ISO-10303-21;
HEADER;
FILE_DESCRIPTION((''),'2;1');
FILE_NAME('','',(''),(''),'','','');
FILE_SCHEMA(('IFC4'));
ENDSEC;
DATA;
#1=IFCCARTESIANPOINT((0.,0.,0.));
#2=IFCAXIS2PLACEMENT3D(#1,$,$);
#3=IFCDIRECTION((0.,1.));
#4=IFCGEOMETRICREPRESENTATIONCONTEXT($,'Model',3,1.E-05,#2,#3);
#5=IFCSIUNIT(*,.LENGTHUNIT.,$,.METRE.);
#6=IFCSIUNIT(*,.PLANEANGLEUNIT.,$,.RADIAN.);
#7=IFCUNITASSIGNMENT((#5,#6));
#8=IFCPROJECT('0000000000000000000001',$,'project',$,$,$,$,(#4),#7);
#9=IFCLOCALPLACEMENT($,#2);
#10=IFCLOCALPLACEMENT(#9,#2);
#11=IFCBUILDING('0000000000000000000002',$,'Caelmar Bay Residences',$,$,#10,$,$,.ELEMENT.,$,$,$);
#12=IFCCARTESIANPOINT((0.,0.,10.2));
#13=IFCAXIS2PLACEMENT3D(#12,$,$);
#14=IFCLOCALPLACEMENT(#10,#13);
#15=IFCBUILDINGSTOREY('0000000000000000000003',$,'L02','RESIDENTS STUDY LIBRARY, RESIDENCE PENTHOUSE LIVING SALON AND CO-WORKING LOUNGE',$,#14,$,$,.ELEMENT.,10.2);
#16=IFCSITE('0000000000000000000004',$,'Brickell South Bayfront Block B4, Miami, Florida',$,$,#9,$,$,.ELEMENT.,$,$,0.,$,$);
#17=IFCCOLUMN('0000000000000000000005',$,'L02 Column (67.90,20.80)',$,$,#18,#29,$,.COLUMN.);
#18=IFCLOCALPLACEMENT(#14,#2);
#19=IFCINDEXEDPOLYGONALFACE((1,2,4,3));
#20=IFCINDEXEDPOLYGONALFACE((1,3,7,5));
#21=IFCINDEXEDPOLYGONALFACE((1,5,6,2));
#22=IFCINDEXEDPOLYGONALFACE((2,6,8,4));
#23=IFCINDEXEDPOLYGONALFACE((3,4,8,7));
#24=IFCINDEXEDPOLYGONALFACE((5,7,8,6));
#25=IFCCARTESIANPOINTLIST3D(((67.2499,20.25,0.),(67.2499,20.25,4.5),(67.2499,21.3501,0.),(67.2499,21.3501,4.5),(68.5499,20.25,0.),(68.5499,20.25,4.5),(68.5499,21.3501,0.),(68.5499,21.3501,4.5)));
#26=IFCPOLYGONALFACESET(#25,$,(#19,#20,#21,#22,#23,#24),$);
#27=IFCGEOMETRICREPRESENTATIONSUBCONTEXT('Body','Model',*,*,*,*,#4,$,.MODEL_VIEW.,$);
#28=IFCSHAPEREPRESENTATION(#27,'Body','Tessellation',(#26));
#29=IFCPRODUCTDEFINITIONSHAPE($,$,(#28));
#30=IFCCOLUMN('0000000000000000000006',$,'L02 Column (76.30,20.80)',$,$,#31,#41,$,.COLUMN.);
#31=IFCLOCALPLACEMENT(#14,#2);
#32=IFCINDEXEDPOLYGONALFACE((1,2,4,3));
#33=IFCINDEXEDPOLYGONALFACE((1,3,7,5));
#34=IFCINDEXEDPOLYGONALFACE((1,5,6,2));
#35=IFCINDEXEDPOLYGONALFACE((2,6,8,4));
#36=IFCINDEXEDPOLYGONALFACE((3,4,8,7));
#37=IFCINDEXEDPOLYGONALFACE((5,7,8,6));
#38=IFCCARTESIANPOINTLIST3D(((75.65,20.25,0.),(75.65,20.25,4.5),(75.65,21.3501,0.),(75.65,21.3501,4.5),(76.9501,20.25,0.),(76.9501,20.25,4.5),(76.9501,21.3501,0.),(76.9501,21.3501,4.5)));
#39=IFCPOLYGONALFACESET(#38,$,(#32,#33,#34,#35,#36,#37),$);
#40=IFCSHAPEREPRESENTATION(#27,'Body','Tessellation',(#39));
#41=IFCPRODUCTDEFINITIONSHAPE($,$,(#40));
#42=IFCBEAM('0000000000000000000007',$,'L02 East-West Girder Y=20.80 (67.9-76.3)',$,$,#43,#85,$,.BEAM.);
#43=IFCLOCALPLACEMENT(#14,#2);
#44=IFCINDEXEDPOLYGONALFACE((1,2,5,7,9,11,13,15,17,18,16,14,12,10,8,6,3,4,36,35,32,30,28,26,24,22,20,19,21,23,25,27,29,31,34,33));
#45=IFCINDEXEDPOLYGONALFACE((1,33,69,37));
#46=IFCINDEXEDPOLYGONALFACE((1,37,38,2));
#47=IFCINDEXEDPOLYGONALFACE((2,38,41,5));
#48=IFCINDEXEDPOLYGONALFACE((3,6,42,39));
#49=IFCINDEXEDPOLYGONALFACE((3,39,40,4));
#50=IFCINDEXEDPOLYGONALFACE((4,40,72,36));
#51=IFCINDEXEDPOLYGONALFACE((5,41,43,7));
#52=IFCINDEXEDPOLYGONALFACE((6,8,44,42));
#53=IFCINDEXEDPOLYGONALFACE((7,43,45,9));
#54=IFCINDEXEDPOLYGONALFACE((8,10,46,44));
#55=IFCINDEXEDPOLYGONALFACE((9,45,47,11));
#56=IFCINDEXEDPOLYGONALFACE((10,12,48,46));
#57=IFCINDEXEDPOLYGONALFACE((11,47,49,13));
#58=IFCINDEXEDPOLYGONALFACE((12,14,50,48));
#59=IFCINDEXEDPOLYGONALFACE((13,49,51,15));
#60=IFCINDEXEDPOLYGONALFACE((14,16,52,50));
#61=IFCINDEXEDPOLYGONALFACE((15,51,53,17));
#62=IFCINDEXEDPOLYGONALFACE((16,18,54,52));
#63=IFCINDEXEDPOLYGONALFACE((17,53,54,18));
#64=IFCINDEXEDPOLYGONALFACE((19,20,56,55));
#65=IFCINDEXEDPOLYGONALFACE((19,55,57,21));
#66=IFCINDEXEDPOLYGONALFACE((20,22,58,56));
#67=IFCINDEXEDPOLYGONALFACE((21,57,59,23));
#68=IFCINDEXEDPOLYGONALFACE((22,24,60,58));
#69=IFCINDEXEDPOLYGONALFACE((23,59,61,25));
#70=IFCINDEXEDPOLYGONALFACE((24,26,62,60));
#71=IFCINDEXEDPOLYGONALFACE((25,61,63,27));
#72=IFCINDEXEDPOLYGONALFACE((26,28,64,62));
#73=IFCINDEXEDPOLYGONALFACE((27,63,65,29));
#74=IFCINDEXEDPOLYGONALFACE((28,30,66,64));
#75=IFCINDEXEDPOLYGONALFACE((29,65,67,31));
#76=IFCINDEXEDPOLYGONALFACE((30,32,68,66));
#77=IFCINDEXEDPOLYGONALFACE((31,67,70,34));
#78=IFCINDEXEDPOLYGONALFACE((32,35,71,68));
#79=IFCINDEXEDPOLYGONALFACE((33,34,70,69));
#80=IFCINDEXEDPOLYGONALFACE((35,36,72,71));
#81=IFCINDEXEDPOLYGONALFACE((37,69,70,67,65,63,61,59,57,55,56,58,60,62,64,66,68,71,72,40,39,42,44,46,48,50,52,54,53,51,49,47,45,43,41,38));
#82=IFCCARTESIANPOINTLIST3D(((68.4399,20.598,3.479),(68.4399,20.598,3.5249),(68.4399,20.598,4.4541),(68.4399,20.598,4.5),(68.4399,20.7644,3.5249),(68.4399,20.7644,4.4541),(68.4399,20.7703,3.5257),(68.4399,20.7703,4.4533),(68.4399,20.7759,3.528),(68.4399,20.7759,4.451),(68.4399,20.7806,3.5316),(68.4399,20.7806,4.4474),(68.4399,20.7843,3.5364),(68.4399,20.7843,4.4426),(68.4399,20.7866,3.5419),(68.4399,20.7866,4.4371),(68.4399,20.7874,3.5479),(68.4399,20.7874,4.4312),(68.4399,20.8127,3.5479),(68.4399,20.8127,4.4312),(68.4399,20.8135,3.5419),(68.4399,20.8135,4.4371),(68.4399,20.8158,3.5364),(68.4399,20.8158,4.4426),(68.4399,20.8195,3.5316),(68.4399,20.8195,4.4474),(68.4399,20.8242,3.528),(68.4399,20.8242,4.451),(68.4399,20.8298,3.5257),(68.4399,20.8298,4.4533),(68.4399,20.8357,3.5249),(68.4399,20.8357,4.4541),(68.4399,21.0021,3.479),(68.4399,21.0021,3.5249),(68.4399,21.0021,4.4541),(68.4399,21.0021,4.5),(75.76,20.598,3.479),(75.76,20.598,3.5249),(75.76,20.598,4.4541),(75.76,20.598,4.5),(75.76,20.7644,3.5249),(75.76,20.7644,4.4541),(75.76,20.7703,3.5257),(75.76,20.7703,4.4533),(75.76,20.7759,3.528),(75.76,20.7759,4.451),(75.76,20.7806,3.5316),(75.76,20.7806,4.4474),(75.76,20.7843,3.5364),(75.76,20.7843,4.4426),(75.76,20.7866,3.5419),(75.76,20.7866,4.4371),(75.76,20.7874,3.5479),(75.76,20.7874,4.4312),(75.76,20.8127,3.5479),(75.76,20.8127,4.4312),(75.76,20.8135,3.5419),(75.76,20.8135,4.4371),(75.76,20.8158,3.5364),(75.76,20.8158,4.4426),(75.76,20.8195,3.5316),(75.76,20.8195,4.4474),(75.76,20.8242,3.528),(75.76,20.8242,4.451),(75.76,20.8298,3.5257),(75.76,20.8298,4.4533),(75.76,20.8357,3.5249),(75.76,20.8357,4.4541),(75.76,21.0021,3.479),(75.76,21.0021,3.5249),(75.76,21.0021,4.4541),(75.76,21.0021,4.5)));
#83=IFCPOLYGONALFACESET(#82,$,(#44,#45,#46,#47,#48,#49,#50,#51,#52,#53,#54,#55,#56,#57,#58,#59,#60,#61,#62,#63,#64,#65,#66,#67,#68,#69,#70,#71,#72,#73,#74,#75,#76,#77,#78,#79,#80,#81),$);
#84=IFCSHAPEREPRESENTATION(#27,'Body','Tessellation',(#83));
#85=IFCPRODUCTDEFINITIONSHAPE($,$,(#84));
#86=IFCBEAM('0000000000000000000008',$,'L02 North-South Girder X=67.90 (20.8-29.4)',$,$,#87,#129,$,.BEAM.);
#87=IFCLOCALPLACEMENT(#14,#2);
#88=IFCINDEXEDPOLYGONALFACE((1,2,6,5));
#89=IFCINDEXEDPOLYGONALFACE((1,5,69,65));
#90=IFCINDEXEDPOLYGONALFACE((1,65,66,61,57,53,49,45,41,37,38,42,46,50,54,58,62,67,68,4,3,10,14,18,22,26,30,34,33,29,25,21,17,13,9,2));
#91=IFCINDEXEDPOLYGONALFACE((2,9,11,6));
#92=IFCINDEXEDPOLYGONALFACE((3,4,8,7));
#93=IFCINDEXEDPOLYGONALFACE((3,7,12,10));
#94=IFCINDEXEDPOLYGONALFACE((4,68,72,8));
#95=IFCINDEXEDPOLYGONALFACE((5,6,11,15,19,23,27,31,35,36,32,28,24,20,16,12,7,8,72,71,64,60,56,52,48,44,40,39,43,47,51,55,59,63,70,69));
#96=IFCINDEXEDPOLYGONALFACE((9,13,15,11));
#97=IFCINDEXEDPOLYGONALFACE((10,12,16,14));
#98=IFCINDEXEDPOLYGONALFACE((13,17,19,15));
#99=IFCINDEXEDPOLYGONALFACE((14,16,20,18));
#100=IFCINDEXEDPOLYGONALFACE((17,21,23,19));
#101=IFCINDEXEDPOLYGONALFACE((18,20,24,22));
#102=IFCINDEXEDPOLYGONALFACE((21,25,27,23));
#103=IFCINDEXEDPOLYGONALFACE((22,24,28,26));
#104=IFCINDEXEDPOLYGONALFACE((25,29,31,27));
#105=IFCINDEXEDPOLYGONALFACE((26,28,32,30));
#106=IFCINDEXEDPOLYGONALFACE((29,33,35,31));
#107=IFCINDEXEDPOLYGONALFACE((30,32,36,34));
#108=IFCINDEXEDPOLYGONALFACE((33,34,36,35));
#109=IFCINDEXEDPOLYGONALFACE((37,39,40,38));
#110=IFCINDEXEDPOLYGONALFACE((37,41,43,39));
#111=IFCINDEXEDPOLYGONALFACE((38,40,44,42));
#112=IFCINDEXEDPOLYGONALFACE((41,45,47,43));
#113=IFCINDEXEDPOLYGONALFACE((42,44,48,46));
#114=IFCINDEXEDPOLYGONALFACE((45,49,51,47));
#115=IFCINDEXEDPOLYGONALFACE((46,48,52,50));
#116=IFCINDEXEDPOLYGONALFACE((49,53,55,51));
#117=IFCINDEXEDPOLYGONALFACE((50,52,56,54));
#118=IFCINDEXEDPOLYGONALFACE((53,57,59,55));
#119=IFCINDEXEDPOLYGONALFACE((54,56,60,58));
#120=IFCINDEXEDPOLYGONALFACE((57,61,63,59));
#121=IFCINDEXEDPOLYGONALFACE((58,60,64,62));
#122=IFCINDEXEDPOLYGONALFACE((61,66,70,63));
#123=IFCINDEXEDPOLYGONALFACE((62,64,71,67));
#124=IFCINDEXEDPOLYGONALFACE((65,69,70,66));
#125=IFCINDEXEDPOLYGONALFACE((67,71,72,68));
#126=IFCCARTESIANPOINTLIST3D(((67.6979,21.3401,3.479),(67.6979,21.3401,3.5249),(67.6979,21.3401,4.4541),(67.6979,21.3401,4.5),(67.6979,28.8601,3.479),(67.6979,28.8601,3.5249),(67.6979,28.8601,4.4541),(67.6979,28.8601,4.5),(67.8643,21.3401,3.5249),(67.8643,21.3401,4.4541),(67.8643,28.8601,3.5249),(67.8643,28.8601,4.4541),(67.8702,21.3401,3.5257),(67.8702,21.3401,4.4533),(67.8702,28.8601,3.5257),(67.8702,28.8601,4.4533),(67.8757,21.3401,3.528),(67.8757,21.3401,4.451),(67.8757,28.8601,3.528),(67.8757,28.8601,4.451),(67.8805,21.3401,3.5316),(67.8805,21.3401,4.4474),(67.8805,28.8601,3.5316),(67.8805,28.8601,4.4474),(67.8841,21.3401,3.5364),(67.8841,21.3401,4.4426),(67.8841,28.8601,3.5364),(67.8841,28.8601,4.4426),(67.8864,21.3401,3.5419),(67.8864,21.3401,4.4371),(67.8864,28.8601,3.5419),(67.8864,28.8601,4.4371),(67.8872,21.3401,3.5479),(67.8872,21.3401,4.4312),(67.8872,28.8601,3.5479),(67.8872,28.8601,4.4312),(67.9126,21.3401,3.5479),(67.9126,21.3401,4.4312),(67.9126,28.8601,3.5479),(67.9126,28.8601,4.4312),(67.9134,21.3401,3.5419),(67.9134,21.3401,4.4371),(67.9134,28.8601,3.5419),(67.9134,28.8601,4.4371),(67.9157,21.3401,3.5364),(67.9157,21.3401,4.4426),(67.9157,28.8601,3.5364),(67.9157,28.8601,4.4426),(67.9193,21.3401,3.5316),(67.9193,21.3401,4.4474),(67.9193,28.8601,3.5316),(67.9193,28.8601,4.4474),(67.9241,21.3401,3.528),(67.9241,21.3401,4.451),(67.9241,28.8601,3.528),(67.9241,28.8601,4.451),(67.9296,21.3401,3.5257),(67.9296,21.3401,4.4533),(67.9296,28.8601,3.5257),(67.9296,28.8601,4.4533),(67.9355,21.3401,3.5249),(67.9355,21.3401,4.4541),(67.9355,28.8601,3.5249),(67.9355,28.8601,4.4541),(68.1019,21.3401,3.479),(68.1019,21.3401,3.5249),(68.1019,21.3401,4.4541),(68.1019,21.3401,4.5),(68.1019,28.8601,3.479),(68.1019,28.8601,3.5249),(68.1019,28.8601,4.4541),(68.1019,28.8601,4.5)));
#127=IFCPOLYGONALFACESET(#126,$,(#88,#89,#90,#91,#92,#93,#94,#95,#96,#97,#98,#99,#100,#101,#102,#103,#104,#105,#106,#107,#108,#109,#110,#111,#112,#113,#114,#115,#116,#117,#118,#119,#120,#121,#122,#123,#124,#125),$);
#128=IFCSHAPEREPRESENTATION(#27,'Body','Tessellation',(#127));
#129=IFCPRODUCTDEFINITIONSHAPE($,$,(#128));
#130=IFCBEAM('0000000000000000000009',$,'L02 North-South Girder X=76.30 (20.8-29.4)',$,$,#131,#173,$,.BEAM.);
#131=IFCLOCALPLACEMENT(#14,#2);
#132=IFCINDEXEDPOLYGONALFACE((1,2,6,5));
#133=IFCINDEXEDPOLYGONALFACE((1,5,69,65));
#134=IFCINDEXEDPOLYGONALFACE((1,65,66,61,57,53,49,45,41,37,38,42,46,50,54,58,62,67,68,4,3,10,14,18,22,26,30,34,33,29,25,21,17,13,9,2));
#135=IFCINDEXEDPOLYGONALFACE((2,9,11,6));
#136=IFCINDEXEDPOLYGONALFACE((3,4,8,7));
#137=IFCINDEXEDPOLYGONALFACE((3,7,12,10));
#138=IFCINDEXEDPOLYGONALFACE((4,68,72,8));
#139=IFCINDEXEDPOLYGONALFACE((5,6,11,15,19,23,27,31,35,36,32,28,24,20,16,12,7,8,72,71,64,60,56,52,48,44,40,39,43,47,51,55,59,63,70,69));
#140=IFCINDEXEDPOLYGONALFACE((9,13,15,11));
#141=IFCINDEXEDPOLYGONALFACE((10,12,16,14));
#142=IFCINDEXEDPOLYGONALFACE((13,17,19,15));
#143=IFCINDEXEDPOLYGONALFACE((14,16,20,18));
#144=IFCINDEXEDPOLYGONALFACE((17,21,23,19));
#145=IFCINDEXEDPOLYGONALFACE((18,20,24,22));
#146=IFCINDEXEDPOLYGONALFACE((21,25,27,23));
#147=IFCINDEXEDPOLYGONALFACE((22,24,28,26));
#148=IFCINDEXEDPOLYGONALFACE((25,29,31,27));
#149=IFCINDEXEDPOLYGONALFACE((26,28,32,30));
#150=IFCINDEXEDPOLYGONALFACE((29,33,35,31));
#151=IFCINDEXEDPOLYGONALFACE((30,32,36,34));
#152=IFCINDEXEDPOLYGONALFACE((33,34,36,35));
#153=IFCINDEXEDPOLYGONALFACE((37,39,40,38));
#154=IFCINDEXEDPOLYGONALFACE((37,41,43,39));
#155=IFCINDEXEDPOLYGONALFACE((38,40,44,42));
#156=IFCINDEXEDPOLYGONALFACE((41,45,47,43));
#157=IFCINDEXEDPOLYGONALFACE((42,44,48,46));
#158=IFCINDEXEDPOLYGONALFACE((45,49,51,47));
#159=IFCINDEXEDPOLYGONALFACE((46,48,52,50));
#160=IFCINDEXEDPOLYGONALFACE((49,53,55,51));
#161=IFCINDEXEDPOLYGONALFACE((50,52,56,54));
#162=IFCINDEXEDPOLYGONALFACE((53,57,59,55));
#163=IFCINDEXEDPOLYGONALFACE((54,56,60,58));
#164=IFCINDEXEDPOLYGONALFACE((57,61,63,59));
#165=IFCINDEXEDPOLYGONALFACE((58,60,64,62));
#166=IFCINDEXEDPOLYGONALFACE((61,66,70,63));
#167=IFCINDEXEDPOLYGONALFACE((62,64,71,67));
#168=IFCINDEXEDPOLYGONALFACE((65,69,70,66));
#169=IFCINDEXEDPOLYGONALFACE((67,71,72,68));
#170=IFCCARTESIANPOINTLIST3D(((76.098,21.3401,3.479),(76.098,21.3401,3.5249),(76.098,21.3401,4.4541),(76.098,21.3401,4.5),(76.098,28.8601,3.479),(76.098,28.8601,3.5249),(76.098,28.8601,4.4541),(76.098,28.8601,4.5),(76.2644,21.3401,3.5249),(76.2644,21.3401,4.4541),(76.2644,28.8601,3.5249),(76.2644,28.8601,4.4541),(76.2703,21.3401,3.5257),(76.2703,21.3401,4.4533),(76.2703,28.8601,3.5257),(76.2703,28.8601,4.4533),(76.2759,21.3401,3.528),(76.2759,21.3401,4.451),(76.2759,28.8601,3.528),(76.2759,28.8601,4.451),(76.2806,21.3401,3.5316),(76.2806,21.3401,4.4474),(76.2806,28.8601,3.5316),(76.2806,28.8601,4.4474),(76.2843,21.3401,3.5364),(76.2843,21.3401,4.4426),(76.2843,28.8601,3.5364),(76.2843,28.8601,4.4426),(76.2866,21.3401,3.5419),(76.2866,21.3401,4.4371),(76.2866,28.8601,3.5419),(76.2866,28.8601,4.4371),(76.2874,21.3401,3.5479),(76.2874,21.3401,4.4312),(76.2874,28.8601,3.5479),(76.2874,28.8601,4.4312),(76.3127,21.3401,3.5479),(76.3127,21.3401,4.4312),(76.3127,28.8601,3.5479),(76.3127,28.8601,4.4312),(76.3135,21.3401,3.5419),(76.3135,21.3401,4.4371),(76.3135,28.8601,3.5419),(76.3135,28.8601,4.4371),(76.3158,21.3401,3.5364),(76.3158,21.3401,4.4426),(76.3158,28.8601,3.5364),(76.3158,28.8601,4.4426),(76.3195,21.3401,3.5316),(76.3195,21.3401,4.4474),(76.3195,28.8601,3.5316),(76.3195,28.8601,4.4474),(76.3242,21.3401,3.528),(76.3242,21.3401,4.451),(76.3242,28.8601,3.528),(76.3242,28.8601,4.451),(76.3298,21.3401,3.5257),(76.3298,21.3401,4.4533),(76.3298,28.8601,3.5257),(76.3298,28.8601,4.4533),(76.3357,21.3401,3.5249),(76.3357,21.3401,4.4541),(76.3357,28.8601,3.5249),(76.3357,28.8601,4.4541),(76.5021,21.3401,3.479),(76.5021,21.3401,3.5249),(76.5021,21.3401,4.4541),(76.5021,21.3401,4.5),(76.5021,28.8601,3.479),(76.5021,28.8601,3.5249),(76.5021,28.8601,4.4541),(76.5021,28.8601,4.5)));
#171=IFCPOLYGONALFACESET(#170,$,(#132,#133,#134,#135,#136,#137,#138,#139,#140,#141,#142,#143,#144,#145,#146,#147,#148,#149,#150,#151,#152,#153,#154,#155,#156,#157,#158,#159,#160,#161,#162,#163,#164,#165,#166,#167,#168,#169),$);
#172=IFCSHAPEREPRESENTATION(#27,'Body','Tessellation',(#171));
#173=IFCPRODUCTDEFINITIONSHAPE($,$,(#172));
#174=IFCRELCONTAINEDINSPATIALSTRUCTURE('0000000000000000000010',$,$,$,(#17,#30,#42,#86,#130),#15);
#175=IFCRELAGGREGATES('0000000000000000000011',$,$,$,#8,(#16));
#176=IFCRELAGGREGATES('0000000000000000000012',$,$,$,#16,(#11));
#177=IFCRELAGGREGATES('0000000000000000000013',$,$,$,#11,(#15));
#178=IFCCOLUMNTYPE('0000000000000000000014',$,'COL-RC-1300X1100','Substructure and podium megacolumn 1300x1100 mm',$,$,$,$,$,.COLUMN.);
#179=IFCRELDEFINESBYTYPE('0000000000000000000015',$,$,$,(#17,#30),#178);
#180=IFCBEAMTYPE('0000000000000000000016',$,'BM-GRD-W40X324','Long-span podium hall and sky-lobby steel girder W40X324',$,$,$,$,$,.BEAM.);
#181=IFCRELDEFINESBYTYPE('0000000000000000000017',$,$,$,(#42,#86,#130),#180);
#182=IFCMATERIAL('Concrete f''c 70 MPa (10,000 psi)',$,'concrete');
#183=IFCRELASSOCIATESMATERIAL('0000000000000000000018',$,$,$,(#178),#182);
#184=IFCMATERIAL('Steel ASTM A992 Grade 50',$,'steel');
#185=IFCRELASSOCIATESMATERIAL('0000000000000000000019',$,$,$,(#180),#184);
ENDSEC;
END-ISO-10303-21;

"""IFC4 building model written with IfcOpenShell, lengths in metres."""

from ifc_helpers import new_model, si_unit, direction, frame, origin, origin_2d, place, context, subcontext, project, spatial, rectangle, i_section, extrude, material, material_profile, profile_set, type_object, element, save


model = new_model("IFC4")

# Units and contexts
model_context = context("Model", 3, precision=1e-05, world=origin(), true_north=direction((0.0, 1.0)))
body_context = subcontext(model_context, "Body", "Model", "MODEL_VIEW")
ifc_project = project(units=[si_unit("LENGTHUNIT", "METRE"), si_unit("PLANEANGLEUNIT", "RADIAN")], contexts=[model_context])

# Site, building, storey
site_placement = place(None, origin())
site = spatial("IfcSite", under=ifc_project, at=site_placement, Name="Brickell South Bayfront Block B4, Miami, Florida", CompositionType="ELEMENT", RefElevation=0.0)
building_placement = place(site_placement, origin())
building = spatial("IfcBuilding", under=site, at=building_placement, Name="Caelmar Bay Residences", CompositionType="ELEMENT")
storey_placement = place(building_placement, frame((0.0, 0.0, 10.2)))
storey = spatial("IfcBuildingStorey", under=building, at=storey_placement, Name="L02", Description="RESIDENTS STUDY LIBRARY, RESIDENCE PENTHOUSE LIVING SALON AND CO-WORKING LOUNGE", CompositionType="ELEMENT", Elevation=10.2)

# Columns
ifc_material_1 = material(Name="Concrete f'c 70 MPa (10,000 psi)", Category="concrete")
ifc_material_profile_1 = material_profile(ifc_material_1, rectangle(XDim=1.3, YDim=1.1001, at=origin_2d()), Name="RC-COL-1300X1100")
ifc_profile_set_1 = profile_set([ifc_material_profile_1], Name="Concrete f'c 70 MPa (10,000 psi)")
column_type = type_object("IfcColumnType", Name="COL-RC-1300X1100", Description="Substructure and podium megacolumn 1300x1100 mm", PredefinedType="COLUMN", material=ifc_profile_set_1)
for number, where, z_axis, x_axis, name in (
    (1, (67.8999, 20.8, 0.0), (0.0, 0.0, 1.0), (1.0, 0.0, 0.0), "L02 Column (67.90,20.80)"),
    (2, (76.3, 20.8, 0.0), (0.0, 0.0, 1.0), (1.0, 0.0, 0.0), "L02 Column (76.30,20.80)"),
):
    element("IfcColumn", number, at=place(storey_placement, frame(where, z_axis=z_axis, x_axis=x_axis)), inside=storey, type_object=column_type, Name=name, PredefinedType="COLUMN", context=body_context, shape_type="SweptSolid", body=[
        extrude(rectangle(XDim=1.3, YDim=1.1001, at=origin_2d()), origin(), (0.0, 0.0, 1.0), 4.5),
    ])

# Beams
ifc_material_2 = material(Name="Steel ASTM A992 Grade 50", Category="steel")
ifc_material_profile_2 = material_profile(ifc_material_2, i_section(OverallWidth=0.4041, OverallDepth=1.021, WebThickness=0.0254, FlangeThickness=0.0459, FilletRadius=0.0229, at=origin_2d()), Name="W40X324")
ifc_profile_set_2 = profile_set([ifc_material_profile_2], Name="Steel ASTM A992 Grade 50")
beam_type_1 = type_object("IfcBeamType", Name="BM-GRD-W40X324", Description="Long-span podium hall and sky-lobby steel girder W40X324", PredefinedType="BEAM", material=ifc_profile_set_2)
beam_placement = place(storey_placement, frame((68.4399, 20.8, 3.9895), z_axis=(1.0, 0.0, 0.0), x_axis=(0.0, 1.0, 0.0)))
element("IfcBeam", 3, at=beam_placement, inside=storey, type_object=beam_type_1, Name="L02 East-West Girder Y=20.80 (67.9-76.3)", PredefinedType="BEAM", context=body_context, shape_type="SweptSolid", body=[
    extrude(i_section(OverallWidth=0.4041, OverallDepth=1.021, WebThickness=0.0254, FlangeThickness=0.0459, FilletRadius=0.0229, at=origin_2d()), origin(), (0.0, 0.0, 1.0), 7.3201),
])
for number, where, z_axis, x_axis, name in (
    (4, (67.8999, 21.3401, 3.9895), (0.0, 1.0, 0.0), (-1.0, 0.0, 0.0), "L02 North-South Girder X=67.90 (20.8-29.4)"),
    (5, (76.3, 21.3401, 3.9895), (0.0, 1.0, 0.0), (-1.0, 0.0, 0.0), "L02 North-South Girder X=76.30 (20.8-29.4)"),
):
    element("IfcBeam", number, at=place(storey_placement, frame(where, z_axis=z_axis, x_axis=x_axis)), inside=storey, type_object=beam_type_1, Name=name, PredefinedType="BEAM", context=body_context, shape_type="SweptSolid", body=[
        extrude(i_section(OverallWidth=0.4041, OverallDepth=1.021, WebThickness=0.0254, FlangeThickness=0.0459, FilletRadius=0.0229, at=origin_2d()), origin(), (0.0, 0.0, 1.0), 7.52),
    ])

save(model, "model.ifc")
